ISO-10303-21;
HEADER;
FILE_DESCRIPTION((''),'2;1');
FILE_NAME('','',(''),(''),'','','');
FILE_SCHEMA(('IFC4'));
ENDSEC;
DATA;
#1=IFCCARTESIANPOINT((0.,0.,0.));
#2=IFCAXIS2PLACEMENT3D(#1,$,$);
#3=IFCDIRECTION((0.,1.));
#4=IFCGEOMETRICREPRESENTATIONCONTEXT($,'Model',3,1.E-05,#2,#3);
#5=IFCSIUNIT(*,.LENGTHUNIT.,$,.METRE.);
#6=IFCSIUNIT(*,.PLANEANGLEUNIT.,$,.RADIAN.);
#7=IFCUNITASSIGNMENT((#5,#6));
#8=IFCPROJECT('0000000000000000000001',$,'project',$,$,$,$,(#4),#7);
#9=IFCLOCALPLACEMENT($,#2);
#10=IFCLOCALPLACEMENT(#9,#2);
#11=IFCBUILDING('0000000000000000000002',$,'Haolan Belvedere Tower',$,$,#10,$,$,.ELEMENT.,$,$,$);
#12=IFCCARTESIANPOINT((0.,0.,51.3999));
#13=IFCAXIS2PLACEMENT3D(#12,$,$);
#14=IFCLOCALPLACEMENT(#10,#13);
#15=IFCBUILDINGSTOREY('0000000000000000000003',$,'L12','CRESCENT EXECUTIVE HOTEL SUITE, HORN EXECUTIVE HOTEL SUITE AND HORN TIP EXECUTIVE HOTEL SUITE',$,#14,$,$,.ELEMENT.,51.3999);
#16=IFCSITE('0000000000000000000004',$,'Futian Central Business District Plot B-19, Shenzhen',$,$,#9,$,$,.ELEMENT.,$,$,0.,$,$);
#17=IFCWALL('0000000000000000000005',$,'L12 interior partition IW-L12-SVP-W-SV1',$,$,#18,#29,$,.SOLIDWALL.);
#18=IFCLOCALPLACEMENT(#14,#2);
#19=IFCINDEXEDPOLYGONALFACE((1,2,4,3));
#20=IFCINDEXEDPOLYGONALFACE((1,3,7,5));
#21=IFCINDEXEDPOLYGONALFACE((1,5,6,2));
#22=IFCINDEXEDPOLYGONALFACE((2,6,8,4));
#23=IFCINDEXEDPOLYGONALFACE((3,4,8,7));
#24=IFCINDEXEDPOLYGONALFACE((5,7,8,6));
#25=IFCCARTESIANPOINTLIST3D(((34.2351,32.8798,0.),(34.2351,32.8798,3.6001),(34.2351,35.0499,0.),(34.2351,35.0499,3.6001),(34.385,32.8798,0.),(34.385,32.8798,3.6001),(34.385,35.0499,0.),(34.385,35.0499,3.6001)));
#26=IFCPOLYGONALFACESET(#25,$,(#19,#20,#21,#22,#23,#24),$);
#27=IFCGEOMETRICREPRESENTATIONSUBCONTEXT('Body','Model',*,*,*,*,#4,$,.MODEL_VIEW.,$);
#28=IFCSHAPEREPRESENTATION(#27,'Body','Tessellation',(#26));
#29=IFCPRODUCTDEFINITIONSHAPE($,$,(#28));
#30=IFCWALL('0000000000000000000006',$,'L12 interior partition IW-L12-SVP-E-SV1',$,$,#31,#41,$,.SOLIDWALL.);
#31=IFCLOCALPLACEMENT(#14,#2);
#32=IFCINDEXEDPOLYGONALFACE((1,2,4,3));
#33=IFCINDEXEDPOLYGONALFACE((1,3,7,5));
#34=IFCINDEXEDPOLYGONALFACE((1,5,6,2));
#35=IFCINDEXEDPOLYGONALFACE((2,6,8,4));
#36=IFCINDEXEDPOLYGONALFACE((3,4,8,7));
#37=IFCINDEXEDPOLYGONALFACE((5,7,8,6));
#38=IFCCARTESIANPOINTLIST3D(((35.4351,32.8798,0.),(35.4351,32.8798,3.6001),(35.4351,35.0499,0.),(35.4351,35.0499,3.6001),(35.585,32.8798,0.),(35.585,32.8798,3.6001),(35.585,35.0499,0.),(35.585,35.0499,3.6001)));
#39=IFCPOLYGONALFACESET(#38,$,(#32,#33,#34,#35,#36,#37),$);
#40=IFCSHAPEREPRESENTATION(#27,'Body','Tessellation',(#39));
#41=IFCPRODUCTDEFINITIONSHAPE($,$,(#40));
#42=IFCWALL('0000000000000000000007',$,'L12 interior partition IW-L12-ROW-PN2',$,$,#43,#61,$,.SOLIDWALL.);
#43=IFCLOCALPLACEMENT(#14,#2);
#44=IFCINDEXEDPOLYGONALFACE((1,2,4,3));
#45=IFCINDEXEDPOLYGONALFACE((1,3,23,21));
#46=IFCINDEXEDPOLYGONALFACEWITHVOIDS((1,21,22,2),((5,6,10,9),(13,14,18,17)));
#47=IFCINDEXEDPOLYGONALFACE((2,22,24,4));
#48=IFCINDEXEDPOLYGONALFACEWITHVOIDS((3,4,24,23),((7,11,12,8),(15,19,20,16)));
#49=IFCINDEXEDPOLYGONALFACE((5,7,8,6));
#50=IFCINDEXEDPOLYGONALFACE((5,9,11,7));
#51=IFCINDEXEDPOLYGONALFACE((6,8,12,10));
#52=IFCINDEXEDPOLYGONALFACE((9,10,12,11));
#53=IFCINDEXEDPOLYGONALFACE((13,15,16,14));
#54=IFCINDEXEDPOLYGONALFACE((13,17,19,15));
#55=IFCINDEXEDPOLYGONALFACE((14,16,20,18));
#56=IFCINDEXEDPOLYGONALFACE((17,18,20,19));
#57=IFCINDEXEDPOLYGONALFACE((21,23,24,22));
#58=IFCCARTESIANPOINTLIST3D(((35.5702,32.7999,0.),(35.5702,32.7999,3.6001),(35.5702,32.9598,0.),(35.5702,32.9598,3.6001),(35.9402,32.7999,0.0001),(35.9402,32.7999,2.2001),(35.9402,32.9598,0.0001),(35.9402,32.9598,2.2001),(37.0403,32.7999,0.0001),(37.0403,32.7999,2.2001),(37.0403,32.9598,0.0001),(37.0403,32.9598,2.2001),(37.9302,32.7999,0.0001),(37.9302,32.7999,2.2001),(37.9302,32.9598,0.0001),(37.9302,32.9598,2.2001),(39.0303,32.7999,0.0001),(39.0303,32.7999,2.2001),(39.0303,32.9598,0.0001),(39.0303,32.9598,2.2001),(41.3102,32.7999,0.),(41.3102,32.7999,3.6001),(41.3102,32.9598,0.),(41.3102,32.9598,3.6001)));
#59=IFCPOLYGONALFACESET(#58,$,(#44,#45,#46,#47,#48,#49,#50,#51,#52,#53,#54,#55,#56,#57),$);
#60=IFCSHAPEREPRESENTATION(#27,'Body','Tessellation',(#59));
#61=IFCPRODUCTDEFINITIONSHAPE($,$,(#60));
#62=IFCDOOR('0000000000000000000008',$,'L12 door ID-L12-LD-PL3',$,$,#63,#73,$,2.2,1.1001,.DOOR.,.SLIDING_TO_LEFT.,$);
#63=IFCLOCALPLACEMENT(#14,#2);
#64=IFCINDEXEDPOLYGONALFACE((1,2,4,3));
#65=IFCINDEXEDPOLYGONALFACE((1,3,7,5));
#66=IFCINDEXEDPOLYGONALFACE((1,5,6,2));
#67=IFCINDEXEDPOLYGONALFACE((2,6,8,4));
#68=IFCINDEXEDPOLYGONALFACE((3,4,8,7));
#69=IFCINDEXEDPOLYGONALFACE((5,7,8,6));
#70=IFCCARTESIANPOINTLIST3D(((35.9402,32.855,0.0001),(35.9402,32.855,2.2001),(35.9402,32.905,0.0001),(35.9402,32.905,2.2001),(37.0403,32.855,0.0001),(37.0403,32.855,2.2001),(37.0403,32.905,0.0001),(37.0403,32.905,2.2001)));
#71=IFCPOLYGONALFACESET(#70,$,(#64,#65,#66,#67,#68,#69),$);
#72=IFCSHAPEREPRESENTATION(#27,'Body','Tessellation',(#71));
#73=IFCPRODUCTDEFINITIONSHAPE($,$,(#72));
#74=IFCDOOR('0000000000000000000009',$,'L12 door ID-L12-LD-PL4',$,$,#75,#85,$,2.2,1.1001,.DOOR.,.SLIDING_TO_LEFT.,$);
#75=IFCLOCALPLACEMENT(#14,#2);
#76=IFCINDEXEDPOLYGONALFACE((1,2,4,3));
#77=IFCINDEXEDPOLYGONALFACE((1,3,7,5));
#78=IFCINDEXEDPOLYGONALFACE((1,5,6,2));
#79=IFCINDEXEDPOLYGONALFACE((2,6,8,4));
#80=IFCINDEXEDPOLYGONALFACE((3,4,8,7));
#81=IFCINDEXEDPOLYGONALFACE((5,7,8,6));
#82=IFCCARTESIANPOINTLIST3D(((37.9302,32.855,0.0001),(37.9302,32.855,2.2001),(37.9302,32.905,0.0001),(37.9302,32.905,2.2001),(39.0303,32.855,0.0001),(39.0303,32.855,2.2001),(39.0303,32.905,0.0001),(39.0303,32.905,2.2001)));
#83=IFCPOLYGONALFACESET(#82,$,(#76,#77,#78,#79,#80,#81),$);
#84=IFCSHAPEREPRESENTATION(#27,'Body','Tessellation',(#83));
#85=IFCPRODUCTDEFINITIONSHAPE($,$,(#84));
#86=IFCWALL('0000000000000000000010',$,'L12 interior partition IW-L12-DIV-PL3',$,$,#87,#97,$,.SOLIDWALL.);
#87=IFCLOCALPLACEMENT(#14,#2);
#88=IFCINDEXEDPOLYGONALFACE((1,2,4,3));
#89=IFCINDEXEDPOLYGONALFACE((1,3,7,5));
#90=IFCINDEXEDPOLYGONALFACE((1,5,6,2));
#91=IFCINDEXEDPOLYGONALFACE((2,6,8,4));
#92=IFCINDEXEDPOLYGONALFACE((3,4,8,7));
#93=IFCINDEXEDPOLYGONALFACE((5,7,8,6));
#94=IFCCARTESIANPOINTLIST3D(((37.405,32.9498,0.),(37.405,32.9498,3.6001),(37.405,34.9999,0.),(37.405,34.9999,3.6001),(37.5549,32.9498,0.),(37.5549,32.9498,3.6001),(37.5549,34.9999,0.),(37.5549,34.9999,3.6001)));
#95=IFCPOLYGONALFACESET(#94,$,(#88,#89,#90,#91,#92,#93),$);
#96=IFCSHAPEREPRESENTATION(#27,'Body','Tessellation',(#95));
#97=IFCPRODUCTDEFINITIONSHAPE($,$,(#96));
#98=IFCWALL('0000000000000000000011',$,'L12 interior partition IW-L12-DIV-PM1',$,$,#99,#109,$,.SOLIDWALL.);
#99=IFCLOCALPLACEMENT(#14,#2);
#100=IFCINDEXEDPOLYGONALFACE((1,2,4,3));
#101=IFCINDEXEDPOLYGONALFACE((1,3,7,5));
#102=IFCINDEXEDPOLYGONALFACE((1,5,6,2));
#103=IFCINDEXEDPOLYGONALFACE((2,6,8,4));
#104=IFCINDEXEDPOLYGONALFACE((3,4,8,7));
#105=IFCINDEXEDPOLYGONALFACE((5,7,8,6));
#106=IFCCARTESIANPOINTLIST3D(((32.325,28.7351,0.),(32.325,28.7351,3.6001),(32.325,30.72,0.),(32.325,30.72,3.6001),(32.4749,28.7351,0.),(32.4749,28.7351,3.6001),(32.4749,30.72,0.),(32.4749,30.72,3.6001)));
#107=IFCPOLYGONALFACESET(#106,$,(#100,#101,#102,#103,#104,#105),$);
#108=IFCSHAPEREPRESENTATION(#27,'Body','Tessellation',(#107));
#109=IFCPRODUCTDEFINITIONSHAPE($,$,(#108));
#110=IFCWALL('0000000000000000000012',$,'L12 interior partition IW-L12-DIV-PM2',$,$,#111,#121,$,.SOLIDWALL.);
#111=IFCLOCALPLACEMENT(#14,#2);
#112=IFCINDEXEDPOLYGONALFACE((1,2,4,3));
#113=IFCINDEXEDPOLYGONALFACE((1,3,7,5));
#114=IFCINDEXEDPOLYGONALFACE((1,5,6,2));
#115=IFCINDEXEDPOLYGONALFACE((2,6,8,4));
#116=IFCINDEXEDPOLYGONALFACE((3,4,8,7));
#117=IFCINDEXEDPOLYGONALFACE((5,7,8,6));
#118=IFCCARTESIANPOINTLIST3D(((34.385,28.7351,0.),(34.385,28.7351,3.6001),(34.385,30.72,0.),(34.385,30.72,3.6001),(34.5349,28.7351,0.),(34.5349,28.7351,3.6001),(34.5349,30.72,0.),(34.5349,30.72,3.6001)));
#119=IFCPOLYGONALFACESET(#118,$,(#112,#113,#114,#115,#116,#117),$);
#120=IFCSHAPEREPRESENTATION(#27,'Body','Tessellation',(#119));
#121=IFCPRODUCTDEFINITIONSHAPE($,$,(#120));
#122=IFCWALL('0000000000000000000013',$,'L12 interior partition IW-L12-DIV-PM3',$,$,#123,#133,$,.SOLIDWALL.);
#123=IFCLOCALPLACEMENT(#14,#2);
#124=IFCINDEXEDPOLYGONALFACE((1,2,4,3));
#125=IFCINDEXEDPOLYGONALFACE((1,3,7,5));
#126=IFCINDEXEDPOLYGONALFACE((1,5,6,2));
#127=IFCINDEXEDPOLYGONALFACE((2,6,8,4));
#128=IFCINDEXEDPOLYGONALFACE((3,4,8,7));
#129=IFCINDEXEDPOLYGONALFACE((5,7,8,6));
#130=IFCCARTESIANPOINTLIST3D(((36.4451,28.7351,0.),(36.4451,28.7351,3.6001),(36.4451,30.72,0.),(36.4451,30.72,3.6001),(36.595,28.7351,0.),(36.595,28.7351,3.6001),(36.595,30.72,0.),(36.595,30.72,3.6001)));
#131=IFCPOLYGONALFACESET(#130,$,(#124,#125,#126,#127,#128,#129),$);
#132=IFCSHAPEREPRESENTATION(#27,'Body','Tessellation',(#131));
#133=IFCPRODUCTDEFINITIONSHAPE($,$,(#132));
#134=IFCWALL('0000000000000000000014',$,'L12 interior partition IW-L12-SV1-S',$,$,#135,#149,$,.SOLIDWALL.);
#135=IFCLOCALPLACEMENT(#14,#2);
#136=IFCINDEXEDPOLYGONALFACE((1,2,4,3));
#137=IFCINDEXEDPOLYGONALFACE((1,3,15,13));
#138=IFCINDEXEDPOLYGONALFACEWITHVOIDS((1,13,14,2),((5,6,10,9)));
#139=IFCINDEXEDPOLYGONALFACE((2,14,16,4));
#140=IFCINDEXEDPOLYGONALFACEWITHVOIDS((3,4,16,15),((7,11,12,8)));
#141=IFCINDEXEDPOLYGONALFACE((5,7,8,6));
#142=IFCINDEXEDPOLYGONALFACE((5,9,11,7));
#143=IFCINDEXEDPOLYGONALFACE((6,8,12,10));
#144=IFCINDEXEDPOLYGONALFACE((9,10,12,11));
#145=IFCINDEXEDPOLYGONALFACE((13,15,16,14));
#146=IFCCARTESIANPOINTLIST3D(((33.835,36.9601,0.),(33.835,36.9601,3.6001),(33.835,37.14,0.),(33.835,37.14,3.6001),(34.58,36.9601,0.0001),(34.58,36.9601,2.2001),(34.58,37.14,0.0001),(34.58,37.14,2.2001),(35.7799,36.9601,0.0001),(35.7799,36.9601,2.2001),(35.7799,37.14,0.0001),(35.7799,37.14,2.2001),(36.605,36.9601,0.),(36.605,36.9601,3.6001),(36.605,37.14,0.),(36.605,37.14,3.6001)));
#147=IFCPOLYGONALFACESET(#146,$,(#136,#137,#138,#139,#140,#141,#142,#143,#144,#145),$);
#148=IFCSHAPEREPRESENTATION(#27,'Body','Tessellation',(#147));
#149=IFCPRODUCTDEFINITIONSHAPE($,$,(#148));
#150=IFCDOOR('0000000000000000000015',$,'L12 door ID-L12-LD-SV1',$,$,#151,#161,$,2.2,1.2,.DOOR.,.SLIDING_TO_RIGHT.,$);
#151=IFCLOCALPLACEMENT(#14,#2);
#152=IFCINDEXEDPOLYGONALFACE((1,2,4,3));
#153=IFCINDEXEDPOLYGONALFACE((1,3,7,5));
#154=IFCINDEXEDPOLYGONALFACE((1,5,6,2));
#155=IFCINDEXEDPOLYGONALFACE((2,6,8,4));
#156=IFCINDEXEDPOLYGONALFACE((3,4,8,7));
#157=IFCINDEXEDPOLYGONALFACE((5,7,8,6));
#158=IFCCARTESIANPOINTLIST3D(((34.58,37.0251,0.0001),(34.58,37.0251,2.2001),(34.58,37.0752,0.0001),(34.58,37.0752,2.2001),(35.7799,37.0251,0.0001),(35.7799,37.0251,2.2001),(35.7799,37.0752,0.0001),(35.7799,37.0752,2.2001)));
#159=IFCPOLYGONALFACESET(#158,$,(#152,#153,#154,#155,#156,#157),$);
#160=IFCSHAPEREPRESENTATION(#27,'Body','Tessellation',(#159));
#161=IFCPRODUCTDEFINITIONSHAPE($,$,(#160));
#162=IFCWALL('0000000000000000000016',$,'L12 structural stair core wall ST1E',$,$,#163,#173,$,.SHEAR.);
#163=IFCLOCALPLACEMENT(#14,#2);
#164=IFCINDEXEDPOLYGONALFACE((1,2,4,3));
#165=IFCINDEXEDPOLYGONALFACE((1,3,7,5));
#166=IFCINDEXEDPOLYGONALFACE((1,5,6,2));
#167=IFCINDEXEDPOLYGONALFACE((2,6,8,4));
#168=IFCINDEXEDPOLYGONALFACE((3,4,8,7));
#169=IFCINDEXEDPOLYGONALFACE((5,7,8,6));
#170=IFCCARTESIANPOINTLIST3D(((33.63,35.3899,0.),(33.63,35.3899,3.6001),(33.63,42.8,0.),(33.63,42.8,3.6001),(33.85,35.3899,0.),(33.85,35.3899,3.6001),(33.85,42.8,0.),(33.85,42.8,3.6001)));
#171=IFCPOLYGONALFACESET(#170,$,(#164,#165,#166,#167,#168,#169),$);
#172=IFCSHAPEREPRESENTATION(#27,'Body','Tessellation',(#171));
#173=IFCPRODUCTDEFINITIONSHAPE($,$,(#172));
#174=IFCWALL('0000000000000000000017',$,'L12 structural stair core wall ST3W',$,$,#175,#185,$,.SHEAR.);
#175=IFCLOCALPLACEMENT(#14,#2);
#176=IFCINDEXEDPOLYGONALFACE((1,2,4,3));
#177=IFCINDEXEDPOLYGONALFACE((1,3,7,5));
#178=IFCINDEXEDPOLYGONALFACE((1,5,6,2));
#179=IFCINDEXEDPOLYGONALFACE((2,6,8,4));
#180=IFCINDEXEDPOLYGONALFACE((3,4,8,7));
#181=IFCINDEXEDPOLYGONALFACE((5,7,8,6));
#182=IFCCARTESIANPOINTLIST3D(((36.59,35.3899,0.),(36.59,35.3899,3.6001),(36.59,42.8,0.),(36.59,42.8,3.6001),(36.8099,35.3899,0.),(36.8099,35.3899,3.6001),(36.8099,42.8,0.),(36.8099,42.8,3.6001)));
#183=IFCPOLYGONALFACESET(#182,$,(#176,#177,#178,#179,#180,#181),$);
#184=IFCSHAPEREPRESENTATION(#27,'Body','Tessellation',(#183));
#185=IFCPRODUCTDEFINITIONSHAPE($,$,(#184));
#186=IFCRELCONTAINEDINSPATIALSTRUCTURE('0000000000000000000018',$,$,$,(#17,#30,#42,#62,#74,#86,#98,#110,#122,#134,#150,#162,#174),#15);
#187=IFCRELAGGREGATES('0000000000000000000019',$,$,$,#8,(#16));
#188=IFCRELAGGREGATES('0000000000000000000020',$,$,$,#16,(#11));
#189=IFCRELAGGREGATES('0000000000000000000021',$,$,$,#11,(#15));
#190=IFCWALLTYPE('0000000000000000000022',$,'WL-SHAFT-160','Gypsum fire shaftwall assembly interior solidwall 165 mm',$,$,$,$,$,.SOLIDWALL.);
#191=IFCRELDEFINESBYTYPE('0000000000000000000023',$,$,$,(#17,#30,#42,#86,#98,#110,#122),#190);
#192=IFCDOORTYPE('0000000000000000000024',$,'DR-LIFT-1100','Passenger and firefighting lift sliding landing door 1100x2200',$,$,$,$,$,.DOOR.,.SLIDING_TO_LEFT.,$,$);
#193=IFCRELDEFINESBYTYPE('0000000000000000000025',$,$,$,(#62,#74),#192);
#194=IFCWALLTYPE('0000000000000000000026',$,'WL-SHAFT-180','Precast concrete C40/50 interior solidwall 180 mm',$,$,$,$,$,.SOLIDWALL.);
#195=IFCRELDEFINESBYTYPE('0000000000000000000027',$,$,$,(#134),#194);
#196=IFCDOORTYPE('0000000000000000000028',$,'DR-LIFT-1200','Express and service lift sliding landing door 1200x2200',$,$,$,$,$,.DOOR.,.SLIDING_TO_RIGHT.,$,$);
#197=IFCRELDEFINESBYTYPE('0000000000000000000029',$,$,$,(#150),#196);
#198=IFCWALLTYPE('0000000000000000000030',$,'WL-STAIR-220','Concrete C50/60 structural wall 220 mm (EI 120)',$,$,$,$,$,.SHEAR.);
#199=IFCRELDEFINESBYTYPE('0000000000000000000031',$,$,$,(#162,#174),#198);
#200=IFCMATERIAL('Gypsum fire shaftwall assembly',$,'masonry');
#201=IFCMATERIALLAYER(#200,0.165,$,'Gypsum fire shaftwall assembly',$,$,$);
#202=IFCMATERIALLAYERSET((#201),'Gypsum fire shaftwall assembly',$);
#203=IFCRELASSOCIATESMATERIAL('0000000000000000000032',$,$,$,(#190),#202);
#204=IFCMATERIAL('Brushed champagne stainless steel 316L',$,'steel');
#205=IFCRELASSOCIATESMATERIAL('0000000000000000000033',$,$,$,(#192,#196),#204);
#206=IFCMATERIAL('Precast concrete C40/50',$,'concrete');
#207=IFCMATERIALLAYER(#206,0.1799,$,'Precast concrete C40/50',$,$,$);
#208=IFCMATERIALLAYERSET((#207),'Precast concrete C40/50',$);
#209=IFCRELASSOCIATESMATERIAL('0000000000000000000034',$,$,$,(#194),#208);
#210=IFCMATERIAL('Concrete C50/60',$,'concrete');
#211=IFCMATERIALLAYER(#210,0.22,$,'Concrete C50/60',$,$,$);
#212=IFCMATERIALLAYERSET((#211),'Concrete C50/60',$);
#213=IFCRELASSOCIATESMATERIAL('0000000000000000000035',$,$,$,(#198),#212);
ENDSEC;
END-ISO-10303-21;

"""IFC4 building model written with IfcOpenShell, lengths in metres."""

from ifc_helpers import new_model, si_unit, direction, frame, frame_2d, origin, place, context, subcontext, project, spatial, rectangle, extrude, material, layer, layer_set, type_object, element, fill, save


model = new_model("IFC4")

# Units and contexts
model_context = context("Model", 3, precision=1e-05, world=origin(), true_north=direction((0.0, 1.0)))
body_context = subcontext(model_context, "Body", "Model", "MODEL_VIEW")
ifc_project = project(units=[si_unit("LENGTHUNIT", "METRE"), si_unit("PLANEANGLEUNIT", "RADIAN")], contexts=[model_context])

# Site, building, storey
site_placement = place(None, origin())
site = spatial("IfcSite", under=ifc_project, at=site_placement, Name="Futian Central Business District Plot B-19, Shenzhen", CompositionType="ELEMENT", RefElevation=0.0)
building_placement = place(site_placement, origin())
building = spatial("IfcBuilding", under=site, at=building_placement, Name="Haolan Belvedere Tower", CompositionType="ELEMENT")
storey_placement = place(building_placement, frame((0.0, 0.0, 51.3999)))
storey = spatial("IfcBuildingStorey", under=building, at=storey_placement, Name="L12", Description="CRESCENT EXECUTIVE HOTEL SUITE, HORN EXECUTIVE HOTEL SUITE AND HORN TIP EXECUTIVE HOTEL SUITE", CompositionType="ELEMENT", Elevation=51.3999)

# Walls
ifc_material_1 = material(Name="Gypsum fire shaftwall assembly", Category="masonry")
ifc_layer_1 = layer(ifc_material_1, 0.165, Name="Gypsum fire shaftwall assembly")
ifc_layer_set_1 = layer_set([ifc_layer_1], Name="Gypsum fire shaftwall assembly")
wall_type_1 = type_object("IfcWallType", Name="WL-SHAFT-160", Description="Gypsum fire shaftwall assembly interior solidwall 165 mm", PredefinedType="SOLIDWALL", material=ifc_layer_set_1)
for number, where, z_axis, x_axis, name in (
    (1, (34.3101, 32.8799, 0.0), (0.0, 0.0, 1.0), (0.0, 1.0, 0.0), "L12 interior partition IW-L12-SVP-W-SV1"),
    (2, (35.51, 32.8799, 0.0), (0.0, 0.0, 1.0), (0.0, 1.0, 0.0), "L12 interior partition IW-L12-SVP-E-SV1"),
):
    element("IfcWall", number, at=place(storey_placement, frame(where, z_axis=z_axis, x_axis=x_axis)), inside=storey, type_object=wall_type_1, Name=name, PredefinedType="SOLIDWALL", context=body_context, shape_type="SweptSolid", body=[
        extrude(rectangle(XDim=2.1702, YDim=0.1499, at=frame_2d((1.085, 0.0))), origin(), (0.0, 0.0, 1.0), 3.6001),
    ])

# Wall, openings, doors
wall_1_placement = place(storey_placement, frame((35.5701, 32.8799, 0.0), z_axis=(0.0, 0.0, 1.0), x_axis=(1.0, 0.0, 0.0)))
wall_1 = element("IfcWall", 3, at=wall_1_placement, inside=storey, type_object=wall_type_1, Name="L12 interior partition IW-L12-ROW-PN2", PredefinedType="SOLIDWALL", context=body_context, shape_type="SweptSolid", body=[
    extrude(rectangle(XDim=5.74, YDim=0.1599, at=frame_2d((2.8701, 0.0))), origin(), (0.0, 0.0, 1.0), 3.6001),
])
opening_1_placement = place(wall_1_placement, frame((1.4702, 0.0, 0.0), z_axis=(0.0, 0.0, 1.0), x_axis=(-1.0, 0.0, 0.0)))
opening_1 = element("IfcOpeningElement", 4, at=opening_1_placement, cuts=wall_1, PredefinedType="OPENING", context=body_context, shape_type="SweptSolid", body=[
    extrude(rectangle(XDim=1.1001, YDim=2.2, at=frame_2d((0.55, 1.1001))), frame((0.0, 0.0898, 0.0), z_axis=(0.0, -1.0, 0.0), x_axis=(1.0, 0.0, 0.0)), (0.0, 0.0, 1.0), 0.1799),
])
opening_2_placement = place(wall_1_placement, frame((3.4602, 0.0, 0.0), z_axis=(0.0, 0.0, 1.0), x_axis=(-1.0, 0.0, 0.0)))
opening_2 = element("IfcOpeningElement", 5, at=opening_2_placement, cuts=wall_1, PredefinedType="OPENING", context=body_context, shape_type="SweptSolid", body=[
    extrude(rectangle(XDim=1.1001, YDim=2.2, at=frame_2d((0.55, 1.1001))), frame((0.0, 0.0898, 0.0), z_axis=(0.0, -1.0, 0.0), x_axis=(1.0, 0.0, 0.0)), (0.0, 0.0, 1.0), 0.1799),
])
ifc_material_2 = material(Name="Brushed champagne stainless steel 316L", Category="steel")
door_type_1 = type_object("IfcDoorType", Name="DR-LIFT-1100", Description="Passenger and firefighting lift sliding landing door 1100x2200", OperationType="SLIDING_TO_LEFT", PredefinedType="DOOR", material=ifc_material_2)
door_1_placement = place(opening_1_placement, origin())
door_1 = element("IfcDoor", 6, at=door_1_placement, inside=storey, type_object=door_type_1, Name="L12 door ID-L12-LD-PL3", OperationType="SLIDING_TO_LEFT", OverallHeight=2.2, OverallWidth=1.1001, PredefinedType="DOOR", context=body_context, shape_type="SweptSolid", body=[
    extrude(rectangle(XDim=1.1001, YDim=2.2, at=frame_2d((0.55, 1.1001))), frame((0.0, 0.0249, 0.0), z_axis=(0.0, -1.0, 0.0), x_axis=(1.0, 0.0, 0.0)), (0.0, 0.0, 1.0), 0.05),
])
fill(opening_1, door_1)
door_2_placement = place(opening_2_placement, origin())
door_2 = element("IfcDoor", 7, at=door_2_placement, inside=storey, type_object=door_type_1, Name="L12 door ID-L12-LD-PL4", OperationType="SLIDING_TO_LEFT", OverallHeight=2.2, OverallWidth=1.1001, PredefinedType="DOOR", context=body_context, shape_type="SweptSolid", body=[
    extrude(rectangle(XDim=1.1001, YDim=2.2, at=frame_2d((0.55, 1.1001))), frame((0.0, 0.0249, 0.0), z_axis=(0.0, -1.0, 0.0), x_axis=(1.0, 0.0, 0.0)), (0.0, 0.0, 1.0), 0.05),
])
fill(opening_2, door_2)

# Walls
wall_2_placement = place(storey_placement, frame((37.48, 32.95, 0.0), z_axis=(0.0, 0.0, 1.0), x_axis=(0.0, 1.0, 0.0)))
element("IfcWall", 8, at=wall_2_placement, inside=storey, type_object=wall_type_1, Name="L12 interior partition IW-L12-DIV-PL3", PredefinedType="SOLIDWALL", context=body_context, shape_type="SweptSolid", body=[
    extrude(rectangle(XDim=2.05, YDim=0.1499, at=frame_2d((1.0249, 0.0))), origin(), (0.0, 0.0, 1.0), 3.6001),
])
for number, where, z_axis, x_axis, name in (
    (9, (32.3999, 28.7351, 0.0), (0.0, 0.0, 1.0), (0.0, 1.0, 0.0), "L12 interior partition IW-L12-DIV-PM1"),
    (10, (34.46, 28.7351, 0.0), (0.0, 0.0, 1.0), (0.0, 1.0, 0.0), "L12 interior partition IW-L12-DIV-PM2"),
    (11, (36.52, 28.7351, 0.0), (0.0, 0.0, 1.0), (0.0, 1.0, 0.0), "L12 interior partition IW-L12-DIV-PM3"),
):
    element("IfcWall", number, at=place(storey_placement, frame(where, z_axis=z_axis, x_axis=x_axis)), inside=storey, type_object=wall_type_1, Name=name, PredefinedType="SOLIDWALL", context=body_context, shape_type="SweptSolid", body=[
        extrude(rectangle(XDim=1.9849, YDim=0.1499, at=frame_2d((0.9924, 0.0))), origin(), (0.0, 0.0, 1.0), 3.6001),
    ])

# Wall, opening, door
ifc_material_3 = material(Name="Precast concrete C40/50", Category="concrete")
ifc_layer_2 = layer(ifc_material_3, 0.1799, Name="Precast concrete C40/50")
ifc_layer_set_2 = layer_set([ifc_layer_2], Name="Precast concrete C40/50")
wall_type_2 = type_object("IfcWallType", Name="WL-SHAFT-180", Description="Precast concrete C40/50 interior solidwall 180 mm", PredefinedType="SOLIDWALL", material=ifc_layer_set_2)
wall_3_placement = place(storey_placement, frame((33.835, 37.05, 0.0), z_axis=(0.0, 0.0, 1.0), x_axis=(1.0, 0.0, 0.0)))
wall_3 = element("IfcWall", 12, at=wall_3_placement, inside=storey, type_object=wall_type_2, Name="L12 interior partition IW-L12-SV1-S", PredefinedType="SOLIDWALL", context=body_context, shape_type="SweptSolid", body=[
    extrude(rectangle(XDim=2.77, YDim=0.1799, at=frame_2d((1.385, 0.0))), origin(), (0.0, 0.0, 1.0), 3.6001),
])
opening_3_placement = place(wall_3_placement, frame((1.9451, 0.0, 0.0), z_axis=(0.0, 0.0, 1.0), x_axis=(-1.0, 0.0, 0.0)))
opening_3 = element("IfcOpeningElement", 13, at=opening_3_placement, cuts=wall_3, PredefinedType="OPENING", context=body_context, shape_type="SweptSolid", body=[
    extrude(rectangle(XDim=1.2, YDim=2.2, at=frame_2d((0.6001, 1.1001))), frame((0.0, 0.0999, 0.0), z_axis=(0.0, -1.0, 0.0), x_axis=(1.0, 0.0, 0.0)), (0.0, 0.0, 1.0), 0.2),
])
door_type_2 = type_object("IfcDoorType", Name="DR-LIFT-1200", Description="Express and service lift sliding landing door 1200x2200", OperationType="SLIDING_TO_RIGHT", PredefinedType="DOOR", material=ifc_material_2)
door_3_placement = place(opening_3_placement, origin())
door_3 = element("IfcDoor", 14, at=door_3_placement, inside=storey, type_object=door_type_2, Name="L12 door ID-L12-LD-SV1", OperationType="SLIDING_TO_RIGHT", OverallHeight=2.2, OverallWidth=1.2, PredefinedType="DOOR", context=body_context, shape_type="SweptSolid", body=[
    extrude(rectangle(XDim=1.2, YDim=2.2, at=frame_2d((0.6001, 1.1001))), frame((0.0, 0.0249, 0.0), z_axis=(0.0, -1.0, 0.0), x_axis=(1.0, 0.0, 0.0)), (0.0, 0.0, 1.0), 0.05),
])
fill(opening_3, door_3)

# Walls
ifc_material_4 = material(Name="Concrete C50/60", Category="concrete")
ifc_layer_3 = layer(ifc_material_4, 0.22, Name="Concrete C50/60")
ifc_layer_set_3 = layer_set([ifc_layer_3], Name="Concrete C50/60")
wall_type_3 = type_object("IfcWallType", Name="WL-STAIR-220", Description="Concrete C50/60 structural wall 220 mm (EI 120)", PredefinedType="SHEAR", material=ifc_layer_set_3)
for number, where, z_axis, x_axis, name in (
    (15, (33.74, 35.3899, 0.0), (0.0, 0.0, 1.0), (0.0, 1.0, 0.0), "L12 structural stair core wall ST1E"),
    (16, (36.7, 35.3899, 0.0), (0.0, 0.0, 1.0), (0.0, 1.0, 0.0), "L12 structural stair core wall ST3W"),
):
    element("IfcWall", number, at=place(storey_placement, frame(where, z_axis=z_axis, x_axis=x_axis)), inside=storey, type_object=wall_type_3, Name=name, PredefinedType="SHEAR", context=body_context, shape_type="SweptSolid", body=[
        extrude(rectangle(XDim=7.4102, YDim=0.22, at=frame_2d((3.7051, 0.0))), origin(), (0.0, 0.0, 1.0), 3.6001),
    ])

save(model, "model.ifc")
